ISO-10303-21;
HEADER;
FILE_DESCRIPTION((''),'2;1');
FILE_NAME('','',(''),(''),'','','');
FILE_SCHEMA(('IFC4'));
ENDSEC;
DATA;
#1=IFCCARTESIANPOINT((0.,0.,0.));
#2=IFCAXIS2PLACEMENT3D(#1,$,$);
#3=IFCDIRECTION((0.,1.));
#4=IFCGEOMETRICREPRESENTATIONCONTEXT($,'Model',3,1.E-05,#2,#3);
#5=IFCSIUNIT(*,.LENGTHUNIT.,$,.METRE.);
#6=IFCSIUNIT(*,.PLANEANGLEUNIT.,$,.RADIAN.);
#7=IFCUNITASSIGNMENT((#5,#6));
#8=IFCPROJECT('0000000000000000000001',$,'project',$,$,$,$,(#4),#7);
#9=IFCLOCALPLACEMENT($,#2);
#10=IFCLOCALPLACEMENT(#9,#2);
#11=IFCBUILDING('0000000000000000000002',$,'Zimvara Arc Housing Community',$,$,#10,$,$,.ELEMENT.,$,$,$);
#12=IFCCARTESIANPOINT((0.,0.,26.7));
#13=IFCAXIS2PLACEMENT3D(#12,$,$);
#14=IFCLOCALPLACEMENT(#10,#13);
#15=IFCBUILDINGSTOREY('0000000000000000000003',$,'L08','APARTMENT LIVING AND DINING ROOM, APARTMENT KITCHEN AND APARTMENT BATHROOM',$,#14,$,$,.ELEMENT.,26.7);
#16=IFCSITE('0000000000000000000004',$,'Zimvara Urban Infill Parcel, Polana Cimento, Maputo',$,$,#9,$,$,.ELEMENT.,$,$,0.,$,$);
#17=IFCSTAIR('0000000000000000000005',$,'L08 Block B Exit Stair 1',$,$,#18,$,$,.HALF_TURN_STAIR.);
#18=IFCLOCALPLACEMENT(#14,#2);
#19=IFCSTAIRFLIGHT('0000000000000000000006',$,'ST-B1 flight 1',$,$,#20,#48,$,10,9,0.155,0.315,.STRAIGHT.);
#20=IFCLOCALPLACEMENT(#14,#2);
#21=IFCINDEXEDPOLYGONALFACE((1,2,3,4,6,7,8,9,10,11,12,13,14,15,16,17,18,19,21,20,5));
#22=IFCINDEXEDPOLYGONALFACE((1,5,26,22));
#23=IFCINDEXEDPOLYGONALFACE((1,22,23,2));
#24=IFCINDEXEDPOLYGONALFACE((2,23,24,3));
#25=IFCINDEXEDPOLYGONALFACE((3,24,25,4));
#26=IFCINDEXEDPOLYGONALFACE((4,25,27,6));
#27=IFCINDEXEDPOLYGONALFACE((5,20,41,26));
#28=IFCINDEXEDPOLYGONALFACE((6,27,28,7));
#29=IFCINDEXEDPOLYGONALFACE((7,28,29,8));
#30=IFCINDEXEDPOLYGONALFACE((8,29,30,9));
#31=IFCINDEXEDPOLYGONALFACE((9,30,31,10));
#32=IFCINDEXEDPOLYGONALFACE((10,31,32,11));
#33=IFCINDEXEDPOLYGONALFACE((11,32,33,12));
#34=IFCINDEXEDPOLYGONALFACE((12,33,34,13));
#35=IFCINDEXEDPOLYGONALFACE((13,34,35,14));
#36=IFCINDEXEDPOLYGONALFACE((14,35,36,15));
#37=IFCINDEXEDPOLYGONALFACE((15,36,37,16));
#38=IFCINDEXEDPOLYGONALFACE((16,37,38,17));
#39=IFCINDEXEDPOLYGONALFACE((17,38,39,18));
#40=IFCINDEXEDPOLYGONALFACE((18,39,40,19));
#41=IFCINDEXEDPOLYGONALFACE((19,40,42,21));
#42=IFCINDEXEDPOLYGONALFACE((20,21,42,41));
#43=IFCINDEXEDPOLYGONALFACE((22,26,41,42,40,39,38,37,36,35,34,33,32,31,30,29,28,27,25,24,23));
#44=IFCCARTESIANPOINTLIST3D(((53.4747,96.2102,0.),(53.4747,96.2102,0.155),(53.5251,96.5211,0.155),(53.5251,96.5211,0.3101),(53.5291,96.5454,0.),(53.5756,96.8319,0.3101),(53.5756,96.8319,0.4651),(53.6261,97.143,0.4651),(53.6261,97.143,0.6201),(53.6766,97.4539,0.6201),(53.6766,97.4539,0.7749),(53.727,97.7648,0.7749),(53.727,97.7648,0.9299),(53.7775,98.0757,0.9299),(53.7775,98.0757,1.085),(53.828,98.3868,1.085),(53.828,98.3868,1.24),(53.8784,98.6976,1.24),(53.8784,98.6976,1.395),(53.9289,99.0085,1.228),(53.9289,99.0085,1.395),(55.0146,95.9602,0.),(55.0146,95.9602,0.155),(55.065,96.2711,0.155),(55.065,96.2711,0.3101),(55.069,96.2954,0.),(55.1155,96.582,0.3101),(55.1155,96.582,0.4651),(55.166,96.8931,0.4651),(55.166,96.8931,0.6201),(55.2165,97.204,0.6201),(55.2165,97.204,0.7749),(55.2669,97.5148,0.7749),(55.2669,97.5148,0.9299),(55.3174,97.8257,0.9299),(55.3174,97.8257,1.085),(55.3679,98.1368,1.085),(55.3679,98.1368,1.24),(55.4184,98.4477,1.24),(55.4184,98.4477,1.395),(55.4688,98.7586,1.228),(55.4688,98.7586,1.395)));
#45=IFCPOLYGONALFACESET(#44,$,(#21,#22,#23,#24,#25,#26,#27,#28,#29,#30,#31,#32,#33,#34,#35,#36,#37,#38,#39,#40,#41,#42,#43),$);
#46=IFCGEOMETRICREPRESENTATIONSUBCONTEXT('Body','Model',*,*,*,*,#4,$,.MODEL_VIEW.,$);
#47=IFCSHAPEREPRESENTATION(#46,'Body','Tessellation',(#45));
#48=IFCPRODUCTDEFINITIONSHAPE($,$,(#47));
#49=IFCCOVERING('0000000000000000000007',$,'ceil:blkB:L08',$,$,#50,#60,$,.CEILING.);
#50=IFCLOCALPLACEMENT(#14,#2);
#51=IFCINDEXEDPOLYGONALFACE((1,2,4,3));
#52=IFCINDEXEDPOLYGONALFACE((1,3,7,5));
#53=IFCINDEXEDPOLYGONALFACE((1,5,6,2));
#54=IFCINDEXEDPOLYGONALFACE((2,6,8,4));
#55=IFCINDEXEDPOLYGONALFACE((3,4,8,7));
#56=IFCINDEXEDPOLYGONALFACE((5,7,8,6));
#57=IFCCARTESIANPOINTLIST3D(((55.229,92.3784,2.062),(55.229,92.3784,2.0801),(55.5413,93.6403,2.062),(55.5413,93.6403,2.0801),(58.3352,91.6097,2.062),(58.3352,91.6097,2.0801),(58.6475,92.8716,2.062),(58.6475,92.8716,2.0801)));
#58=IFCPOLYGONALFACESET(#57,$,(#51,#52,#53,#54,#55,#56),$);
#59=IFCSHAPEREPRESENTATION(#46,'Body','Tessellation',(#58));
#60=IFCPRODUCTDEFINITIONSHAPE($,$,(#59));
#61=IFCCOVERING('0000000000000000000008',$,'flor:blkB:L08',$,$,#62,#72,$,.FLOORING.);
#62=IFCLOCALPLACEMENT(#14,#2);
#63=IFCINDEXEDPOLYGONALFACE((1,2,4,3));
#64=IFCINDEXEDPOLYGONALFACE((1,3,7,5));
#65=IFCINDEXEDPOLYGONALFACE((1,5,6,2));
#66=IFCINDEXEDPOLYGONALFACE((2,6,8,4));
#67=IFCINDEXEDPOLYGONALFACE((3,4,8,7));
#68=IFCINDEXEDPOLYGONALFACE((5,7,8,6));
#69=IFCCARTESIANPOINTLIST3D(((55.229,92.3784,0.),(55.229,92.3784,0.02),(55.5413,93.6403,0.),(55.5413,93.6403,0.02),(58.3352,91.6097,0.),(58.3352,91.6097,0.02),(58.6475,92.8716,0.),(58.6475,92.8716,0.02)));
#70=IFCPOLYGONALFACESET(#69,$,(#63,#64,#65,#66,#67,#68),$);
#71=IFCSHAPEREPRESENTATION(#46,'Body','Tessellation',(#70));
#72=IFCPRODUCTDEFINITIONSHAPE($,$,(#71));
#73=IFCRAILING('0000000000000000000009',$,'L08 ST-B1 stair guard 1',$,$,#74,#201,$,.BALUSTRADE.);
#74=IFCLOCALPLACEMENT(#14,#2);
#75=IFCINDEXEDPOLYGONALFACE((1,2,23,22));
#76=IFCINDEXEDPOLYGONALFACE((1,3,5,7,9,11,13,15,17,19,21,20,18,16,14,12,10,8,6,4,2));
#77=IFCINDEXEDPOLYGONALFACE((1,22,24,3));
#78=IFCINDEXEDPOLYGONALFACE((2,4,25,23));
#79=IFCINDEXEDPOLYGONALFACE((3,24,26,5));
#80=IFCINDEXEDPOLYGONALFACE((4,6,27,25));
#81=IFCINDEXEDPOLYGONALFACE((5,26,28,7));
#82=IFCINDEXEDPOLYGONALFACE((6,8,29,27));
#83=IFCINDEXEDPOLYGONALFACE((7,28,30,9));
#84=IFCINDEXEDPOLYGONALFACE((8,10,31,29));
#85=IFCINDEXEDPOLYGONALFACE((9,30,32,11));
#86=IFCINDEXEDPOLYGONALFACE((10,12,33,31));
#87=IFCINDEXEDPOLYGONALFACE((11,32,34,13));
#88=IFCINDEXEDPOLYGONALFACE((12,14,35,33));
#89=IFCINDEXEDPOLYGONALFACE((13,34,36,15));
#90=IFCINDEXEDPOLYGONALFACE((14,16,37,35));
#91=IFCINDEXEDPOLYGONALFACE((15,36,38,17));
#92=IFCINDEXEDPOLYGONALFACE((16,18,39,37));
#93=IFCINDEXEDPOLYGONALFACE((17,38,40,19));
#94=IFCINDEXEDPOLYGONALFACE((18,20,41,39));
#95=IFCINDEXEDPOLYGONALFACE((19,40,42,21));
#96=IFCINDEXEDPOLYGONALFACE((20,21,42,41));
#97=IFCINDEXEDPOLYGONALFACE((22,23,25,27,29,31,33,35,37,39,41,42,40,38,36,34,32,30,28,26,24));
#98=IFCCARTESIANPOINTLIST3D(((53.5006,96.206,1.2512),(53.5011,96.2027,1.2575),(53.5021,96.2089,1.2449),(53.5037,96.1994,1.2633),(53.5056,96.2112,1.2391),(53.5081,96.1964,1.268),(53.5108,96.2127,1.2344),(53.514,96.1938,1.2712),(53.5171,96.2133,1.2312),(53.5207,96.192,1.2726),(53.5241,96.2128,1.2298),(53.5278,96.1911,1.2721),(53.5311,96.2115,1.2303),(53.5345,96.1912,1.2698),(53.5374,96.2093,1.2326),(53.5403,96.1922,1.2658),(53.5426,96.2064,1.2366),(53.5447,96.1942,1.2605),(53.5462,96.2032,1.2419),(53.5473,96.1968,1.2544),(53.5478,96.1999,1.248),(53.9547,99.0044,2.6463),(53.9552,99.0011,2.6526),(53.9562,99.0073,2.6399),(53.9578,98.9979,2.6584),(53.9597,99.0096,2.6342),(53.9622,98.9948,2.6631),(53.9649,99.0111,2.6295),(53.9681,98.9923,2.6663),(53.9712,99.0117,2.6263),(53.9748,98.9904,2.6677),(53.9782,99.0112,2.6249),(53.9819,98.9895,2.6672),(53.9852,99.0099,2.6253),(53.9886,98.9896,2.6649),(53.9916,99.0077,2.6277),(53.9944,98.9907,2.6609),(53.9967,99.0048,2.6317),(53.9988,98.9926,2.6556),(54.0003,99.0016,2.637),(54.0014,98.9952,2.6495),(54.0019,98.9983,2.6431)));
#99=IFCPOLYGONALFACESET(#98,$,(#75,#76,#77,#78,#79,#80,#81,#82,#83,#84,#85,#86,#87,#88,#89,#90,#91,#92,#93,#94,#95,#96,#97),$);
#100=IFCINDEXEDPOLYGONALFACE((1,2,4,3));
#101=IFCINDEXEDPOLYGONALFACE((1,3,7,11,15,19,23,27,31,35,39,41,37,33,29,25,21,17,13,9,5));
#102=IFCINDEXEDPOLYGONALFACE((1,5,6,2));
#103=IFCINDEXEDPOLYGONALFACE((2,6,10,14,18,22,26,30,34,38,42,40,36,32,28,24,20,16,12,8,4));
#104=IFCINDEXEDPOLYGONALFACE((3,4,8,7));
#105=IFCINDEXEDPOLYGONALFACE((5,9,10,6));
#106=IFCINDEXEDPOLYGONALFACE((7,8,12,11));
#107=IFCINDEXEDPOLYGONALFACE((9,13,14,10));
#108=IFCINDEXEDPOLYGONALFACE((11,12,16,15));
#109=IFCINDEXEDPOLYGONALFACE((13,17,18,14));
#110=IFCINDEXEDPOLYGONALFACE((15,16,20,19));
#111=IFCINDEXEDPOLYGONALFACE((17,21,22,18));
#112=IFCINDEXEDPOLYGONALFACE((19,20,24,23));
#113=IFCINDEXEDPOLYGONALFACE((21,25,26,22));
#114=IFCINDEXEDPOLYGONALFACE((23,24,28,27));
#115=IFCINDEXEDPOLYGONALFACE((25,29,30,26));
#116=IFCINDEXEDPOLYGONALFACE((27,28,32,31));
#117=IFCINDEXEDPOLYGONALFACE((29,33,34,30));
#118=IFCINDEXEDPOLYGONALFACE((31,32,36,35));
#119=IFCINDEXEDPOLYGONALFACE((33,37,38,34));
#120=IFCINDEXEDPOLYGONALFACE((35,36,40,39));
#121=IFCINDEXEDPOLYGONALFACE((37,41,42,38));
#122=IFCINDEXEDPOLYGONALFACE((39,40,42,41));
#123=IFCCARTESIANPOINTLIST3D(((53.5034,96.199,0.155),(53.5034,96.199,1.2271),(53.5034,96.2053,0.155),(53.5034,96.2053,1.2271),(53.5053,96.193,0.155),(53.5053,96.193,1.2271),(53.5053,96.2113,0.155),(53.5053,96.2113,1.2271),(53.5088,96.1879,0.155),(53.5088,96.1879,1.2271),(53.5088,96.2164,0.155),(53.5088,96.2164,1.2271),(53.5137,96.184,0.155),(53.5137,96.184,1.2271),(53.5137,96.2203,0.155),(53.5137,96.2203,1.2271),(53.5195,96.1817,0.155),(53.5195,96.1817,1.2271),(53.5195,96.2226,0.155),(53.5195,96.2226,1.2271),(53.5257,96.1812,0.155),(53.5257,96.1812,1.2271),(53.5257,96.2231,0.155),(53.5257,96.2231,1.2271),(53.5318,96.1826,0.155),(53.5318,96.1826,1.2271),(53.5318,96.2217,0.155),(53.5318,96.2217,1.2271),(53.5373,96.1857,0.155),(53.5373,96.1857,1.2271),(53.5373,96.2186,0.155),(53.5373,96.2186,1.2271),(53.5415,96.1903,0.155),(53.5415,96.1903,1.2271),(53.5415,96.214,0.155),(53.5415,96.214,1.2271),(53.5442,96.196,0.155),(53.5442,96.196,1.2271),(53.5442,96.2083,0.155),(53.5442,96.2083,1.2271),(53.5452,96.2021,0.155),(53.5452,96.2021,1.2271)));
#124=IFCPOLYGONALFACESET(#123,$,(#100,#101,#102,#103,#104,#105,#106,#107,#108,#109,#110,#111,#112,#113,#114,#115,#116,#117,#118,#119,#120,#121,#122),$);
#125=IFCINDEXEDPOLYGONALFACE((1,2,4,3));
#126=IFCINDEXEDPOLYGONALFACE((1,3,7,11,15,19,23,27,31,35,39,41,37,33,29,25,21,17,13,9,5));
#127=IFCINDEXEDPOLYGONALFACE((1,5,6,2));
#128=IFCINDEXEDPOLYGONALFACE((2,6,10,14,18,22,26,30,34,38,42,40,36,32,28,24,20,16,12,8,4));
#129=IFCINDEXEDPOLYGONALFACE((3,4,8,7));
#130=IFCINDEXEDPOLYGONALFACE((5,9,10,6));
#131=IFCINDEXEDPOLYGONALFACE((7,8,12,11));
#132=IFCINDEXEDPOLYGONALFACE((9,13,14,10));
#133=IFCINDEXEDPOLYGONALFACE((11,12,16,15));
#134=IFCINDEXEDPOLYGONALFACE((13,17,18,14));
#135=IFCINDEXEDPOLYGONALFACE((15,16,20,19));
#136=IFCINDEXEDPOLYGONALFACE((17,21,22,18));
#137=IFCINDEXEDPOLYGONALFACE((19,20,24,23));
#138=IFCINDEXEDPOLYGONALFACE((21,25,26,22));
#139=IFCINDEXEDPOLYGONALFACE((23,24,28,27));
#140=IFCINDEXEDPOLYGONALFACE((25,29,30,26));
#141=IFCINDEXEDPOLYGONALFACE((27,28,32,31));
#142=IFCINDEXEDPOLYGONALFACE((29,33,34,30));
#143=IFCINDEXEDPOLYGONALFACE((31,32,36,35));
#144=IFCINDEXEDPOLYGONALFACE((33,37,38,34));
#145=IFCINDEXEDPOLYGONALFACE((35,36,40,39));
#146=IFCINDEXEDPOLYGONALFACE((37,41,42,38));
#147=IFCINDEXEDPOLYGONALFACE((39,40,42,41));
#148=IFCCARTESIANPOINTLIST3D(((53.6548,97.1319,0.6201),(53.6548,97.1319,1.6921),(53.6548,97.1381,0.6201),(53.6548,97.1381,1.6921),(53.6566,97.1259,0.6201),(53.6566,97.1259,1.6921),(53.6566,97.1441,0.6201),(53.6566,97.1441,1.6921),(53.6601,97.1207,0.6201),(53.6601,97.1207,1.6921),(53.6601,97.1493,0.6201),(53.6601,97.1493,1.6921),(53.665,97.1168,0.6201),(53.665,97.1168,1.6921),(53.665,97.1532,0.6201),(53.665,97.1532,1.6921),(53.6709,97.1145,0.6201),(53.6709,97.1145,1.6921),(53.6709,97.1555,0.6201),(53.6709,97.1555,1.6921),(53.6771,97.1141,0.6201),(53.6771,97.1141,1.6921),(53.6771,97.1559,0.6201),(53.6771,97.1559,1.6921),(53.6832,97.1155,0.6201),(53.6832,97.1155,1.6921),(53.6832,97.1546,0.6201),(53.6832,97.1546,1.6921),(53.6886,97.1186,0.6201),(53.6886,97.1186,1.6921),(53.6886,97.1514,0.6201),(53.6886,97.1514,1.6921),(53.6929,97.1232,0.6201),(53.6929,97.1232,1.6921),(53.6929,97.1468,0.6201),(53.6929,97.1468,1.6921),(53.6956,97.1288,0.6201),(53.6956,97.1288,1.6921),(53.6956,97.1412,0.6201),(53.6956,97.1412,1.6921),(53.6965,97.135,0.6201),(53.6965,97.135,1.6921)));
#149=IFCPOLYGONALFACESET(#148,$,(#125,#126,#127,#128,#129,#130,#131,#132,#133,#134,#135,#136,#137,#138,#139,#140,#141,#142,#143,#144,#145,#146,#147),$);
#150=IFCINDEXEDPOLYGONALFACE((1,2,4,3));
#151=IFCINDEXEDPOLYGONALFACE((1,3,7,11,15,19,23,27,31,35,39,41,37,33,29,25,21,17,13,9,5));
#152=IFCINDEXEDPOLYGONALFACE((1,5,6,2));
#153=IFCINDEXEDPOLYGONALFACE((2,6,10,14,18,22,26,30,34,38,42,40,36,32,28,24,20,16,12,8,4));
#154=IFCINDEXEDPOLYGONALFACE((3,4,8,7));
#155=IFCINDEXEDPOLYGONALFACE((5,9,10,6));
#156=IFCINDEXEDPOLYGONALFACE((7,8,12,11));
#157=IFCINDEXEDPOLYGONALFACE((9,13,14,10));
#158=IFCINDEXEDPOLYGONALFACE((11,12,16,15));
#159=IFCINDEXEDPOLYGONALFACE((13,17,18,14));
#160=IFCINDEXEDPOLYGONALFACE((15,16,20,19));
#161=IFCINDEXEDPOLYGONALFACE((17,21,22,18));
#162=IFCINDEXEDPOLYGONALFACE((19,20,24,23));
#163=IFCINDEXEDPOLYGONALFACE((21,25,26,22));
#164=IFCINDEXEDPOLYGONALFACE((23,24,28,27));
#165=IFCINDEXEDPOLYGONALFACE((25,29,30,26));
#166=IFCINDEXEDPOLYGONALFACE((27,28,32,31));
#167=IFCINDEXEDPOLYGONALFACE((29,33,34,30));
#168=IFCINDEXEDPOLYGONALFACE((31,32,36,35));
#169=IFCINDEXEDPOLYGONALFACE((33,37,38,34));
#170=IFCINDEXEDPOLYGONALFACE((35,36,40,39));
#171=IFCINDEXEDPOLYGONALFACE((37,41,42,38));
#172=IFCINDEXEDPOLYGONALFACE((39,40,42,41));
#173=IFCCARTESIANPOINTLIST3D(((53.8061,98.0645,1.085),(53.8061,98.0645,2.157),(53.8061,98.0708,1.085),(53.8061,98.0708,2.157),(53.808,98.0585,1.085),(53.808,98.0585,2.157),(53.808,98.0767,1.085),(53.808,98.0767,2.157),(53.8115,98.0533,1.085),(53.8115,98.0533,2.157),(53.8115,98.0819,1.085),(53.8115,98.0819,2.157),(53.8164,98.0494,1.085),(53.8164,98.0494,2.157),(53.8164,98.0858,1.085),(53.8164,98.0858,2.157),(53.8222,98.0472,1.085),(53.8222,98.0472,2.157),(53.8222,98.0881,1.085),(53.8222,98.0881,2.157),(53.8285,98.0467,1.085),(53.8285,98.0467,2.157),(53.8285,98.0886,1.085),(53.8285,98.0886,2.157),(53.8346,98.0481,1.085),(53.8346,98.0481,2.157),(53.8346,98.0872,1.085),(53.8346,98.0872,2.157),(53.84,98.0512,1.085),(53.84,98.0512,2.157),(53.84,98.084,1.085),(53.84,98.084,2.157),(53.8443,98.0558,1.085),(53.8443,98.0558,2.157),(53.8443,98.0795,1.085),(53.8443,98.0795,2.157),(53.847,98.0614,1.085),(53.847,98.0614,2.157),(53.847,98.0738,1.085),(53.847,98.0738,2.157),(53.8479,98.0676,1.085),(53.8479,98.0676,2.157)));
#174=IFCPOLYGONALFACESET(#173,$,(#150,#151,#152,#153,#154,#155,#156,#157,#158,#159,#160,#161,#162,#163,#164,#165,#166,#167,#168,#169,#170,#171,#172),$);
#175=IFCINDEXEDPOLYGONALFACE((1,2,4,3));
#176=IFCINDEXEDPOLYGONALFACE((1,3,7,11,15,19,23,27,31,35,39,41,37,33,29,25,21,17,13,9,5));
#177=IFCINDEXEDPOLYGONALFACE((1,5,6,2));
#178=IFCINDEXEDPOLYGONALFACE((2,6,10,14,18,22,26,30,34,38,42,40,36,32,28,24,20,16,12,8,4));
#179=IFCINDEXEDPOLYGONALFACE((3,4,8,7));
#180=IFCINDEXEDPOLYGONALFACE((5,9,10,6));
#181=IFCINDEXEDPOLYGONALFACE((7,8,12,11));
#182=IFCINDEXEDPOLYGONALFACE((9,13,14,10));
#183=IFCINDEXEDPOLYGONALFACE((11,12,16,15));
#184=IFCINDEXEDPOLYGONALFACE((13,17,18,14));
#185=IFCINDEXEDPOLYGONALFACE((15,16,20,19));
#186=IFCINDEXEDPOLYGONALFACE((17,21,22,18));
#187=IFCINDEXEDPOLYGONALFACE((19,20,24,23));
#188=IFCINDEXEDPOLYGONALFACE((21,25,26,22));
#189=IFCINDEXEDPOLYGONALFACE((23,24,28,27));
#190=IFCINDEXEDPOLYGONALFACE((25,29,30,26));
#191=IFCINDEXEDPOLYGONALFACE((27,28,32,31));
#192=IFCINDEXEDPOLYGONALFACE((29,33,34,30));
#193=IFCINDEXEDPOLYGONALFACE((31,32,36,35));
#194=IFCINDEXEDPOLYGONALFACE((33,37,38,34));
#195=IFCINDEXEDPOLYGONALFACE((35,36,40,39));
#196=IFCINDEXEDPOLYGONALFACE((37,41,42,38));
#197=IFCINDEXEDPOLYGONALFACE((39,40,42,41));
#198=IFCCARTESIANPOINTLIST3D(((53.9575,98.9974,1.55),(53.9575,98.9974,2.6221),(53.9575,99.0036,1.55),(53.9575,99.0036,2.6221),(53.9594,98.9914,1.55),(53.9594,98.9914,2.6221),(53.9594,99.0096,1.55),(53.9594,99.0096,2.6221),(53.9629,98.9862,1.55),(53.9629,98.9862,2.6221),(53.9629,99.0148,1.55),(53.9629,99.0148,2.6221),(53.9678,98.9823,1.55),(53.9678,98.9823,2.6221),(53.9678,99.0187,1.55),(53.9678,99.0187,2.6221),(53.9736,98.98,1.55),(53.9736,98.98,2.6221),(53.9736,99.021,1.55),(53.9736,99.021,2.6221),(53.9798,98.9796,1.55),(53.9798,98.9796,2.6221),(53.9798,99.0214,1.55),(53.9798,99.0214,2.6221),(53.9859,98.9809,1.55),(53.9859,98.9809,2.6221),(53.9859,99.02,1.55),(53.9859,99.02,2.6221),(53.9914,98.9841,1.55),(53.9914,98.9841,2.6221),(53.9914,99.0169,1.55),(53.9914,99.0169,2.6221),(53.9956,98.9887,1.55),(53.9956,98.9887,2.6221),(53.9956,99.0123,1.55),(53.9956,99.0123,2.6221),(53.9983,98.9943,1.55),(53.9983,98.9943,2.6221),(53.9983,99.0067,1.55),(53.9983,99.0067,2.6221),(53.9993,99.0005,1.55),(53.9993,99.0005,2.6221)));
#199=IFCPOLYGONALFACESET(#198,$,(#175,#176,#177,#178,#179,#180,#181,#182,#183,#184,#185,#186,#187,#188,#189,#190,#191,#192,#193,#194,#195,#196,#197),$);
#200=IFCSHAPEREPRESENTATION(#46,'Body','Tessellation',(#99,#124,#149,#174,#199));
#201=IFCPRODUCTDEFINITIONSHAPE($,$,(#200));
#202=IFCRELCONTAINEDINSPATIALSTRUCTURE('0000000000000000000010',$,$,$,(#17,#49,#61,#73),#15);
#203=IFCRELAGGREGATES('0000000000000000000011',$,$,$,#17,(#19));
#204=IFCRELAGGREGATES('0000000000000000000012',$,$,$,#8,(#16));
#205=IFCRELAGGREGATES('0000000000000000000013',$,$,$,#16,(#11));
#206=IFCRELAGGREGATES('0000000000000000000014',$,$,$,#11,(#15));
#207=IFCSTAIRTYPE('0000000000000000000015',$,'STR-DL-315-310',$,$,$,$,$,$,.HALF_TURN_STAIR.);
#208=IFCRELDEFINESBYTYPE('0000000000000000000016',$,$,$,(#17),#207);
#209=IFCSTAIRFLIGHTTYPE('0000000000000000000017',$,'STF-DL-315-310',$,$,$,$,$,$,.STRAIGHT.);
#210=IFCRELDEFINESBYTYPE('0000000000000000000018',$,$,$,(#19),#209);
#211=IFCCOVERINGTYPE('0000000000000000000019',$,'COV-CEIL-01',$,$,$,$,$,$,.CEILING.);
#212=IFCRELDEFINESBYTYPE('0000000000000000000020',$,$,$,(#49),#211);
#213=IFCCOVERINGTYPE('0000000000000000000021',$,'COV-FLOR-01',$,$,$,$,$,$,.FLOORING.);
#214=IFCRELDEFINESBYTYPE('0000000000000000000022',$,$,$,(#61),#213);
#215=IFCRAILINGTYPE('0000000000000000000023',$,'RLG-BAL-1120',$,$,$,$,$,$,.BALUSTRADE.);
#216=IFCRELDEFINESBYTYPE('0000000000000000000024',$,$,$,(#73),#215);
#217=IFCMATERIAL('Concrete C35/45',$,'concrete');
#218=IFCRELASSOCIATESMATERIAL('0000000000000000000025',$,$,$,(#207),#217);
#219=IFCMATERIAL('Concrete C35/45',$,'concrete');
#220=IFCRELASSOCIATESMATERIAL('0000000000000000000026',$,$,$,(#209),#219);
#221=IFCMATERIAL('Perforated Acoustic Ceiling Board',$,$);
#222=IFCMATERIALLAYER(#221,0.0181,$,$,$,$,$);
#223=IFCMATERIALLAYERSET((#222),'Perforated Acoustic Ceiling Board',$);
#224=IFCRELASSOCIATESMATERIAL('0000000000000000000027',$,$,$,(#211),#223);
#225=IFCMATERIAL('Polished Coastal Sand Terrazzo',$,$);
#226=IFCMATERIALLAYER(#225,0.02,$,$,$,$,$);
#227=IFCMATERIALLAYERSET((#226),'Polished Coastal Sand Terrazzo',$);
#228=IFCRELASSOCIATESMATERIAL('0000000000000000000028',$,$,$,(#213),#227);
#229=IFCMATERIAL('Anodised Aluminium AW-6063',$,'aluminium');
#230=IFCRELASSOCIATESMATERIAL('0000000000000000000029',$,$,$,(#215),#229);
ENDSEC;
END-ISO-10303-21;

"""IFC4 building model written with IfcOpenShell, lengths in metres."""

from ifc_helpers import new_model, si_unit, direction, frame, origin, origin_2d, place, context, subcontext, project, spatial, polyline, rectangle, circle, outline, extrude, material, layer, layer_set, type_object, element, aggregate, save


model = new_model("IFC4")

# Units and contexts
model_context = context("Model", 3, precision=1e-05, world=origin(), true_north=direction((0.0, 1.0)))
body_context = subcontext(model_context, "Body", "Model", "MODEL_VIEW")
ifc_project = project(units=[si_unit("LENGTHUNIT", "METRE"), si_unit("PLANEANGLEUNIT", "RADIAN")], contexts=[model_context])

# Site, building, storey
site_placement = place(None, origin())
site = spatial("IfcSite", under=ifc_project, at=site_placement, Name="Zimvara Urban Infill Parcel, Polana Cimento, Maputo", CompositionType="ELEMENT", RefElevation=0.0)
building_placement = place(site_placement, origin())
building = spatial("IfcBuilding", under=site, at=building_placement, Name="Zimvara Arc Housing Community", CompositionType="ELEMENT")
storey_placement = place(building_placement, frame((0.0, 0.0, 26.7)))
storey = spatial("IfcBuildingStorey", under=building, at=storey_placement, Name="L08", Description="APARTMENT LIVING AND DINING ROOM, APARTMENT KITCHEN AND APARTMENT BATHROOM", CompositionType="ELEMENT", Elevation=26.7)

# Stair, stair flight
ifc_material_1 = material(Name="Concrete C35/45", Category="concrete")
stair_type = type_object("IfcStairType", Name="STR-DL-315-310", PredefinedType="HALF_TURN_STAIR", material=ifc_material_1)
stair_placement = place(storey_placement, origin())
stair = element("IfcStair", 1, at=stair_placement, inside=storey, type_object=stair_type, Name="L08 Block B Exit Stair 1", PredefinedType="HALF_TURN_STAIR")
ifc_material_2 = material(Name="Concrete C35/45", Category="concrete")
stair_flight_type = type_object("IfcStairFlightType", Name="STF-DL-315-310", PredefinedType="STRAIGHT", material=ifc_material_2)
stair_flight_placement = place(storey_placement, frame((54.2446, 96.0852, 0.0), z_axis=(0.0, 0.0, 1.0), x_axis=(0.160226, 0.98708, 0.0)))
stair_flight = element("IfcStairFlight", 2, at=stair_flight_placement, type_object=stair_flight_type, Name="ST-B1 flight 1", NumberOfRisers=10, NumberOfTreads=9, PredefinedType="STRAIGHT", RiserHeight=0.155, TreadLength=0.315, context=body_context, shape_type="SweptSolid", body=[
    extrude(outline(polyline([(0.0, 0.0), (0.0, 0.155), (0.3149, 0.155), (0.3149, 0.3101), (0.6299, 0.3101), (0.6299, 0.4651), (0.9451, 0.4651), (0.9451, 0.6201), (1.26, 0.6201), (1.26, 0.7749), (1.575, 0.7749), (1.575, 0.9299), (1.8899, 0.9299), (1.8899, 1.085), (2.2051, 1.085), (2.2051, 1.24), (2.52, 1.24), (2.52, 1.395), (2.835, 1.395), (2.835, 1.55), (2.835, 1.228), (0.3396, 0.0), (0.0, 0.0)])), frame((0.0, 0.78, 0.0), z_axis=(0.0, -1.0, 0.0), x_axis=(1.0, 0.0, 0.0)), (0.0, 0.0, 1.0), 1.5601),
])
aggregate(stair, [stair_flight])

# Coverings
ifc_material_3 = material(Name="Perforated Acoustic Ceiling Board")
ifc_layer_1 = layer(ifc_material_3, 0.0181)
ifc_layer_set_1 = layer_set([ifc_layer_1], Name="Perforated Acoustic Ceiling Board")
covering_type_1 = type_object("IfcCoveringType", Name="COV-CEIL-01", PredefinedType="CEILING", material=ifc_layer_set_1)
covering_1_placement = place(storey_placement, frame((56.9382, 92.625, 2.062), z_axis=(0.0, 0.0, 1.0), x_axis=(0.240228, 0.970716, 0.0)))
element("IfcCovering", 3, at=covering_1_placement, inside=storey, type_object=covering_type_1, Name="ceil:blkB:L08", PredefinedType="CEILING", context=body_context, shape_type="SweptSolid", body=[
    extrude(rectangle(XDim=1.3, YDim=3.2, at=origin_2d()), origin(), (0.0, 0.0, 1.0), 0.0181),
])
ifc_material_4 = material(Name="Polished Coastal Sand Terrazzo")
ifc_layer_2 = layer(ifc_material_4, 0.02)
ifc_layer_set_2 = layer_set([ifc_layer_2], Name="Polished Coastal Sand Terrazzo")
covering_type_2 = type_object("IfcCoveringType", Name="COV-FLOR-01", PredefinedType="FLOORING", material=ifc_layer_set_2)
covering_2_placement = place(storey_placement, frame((56.9382, 92.625, 0.0), z_axis=(0.0, 0.0, 1.0), x_axis=(0.240228, 0.970716, 0.0)))
element("IfcCovering", 4, at=covering_2_placement, inside=storey, type_object=covering_type_2, Name="flor:blkB:L08", PredefinedType="FLOORING", context=body_context, shape_type="SweptSolid", body=[
    extrude(rectangle(XDim=1.3, YDim=3.2, at=origin_2d()), origin(), (0.0, 0.0, 1.0), 0.02),
])

# Railing
ifc_material_5 = material(Name="Anodised Aluminium AW-6063", Category="aluminium")
railing_type_1 = type_object("IfcRailingType", Name="RLG-BAL-1120", PredefinedType="BALUSTRADE", material=ifc_material_5)
railing_1_placement = place(storey_placement, frame((53.5242, 96.2021, 0.155)))
element("IfcRailing", 5, at=railing_1_placement, inside=storey, type_object=railing_type_1, Name="L08 ST-B1 stair guard 1", PredefinedType="BALUSTRADE", context=body_context, shape_type="SweptSolid", body=[
    extrude(circle(Radius=0.0239, at=origin_2d()), frame((0.0, 0.0, 1.0962), z_axis=(0.143722, 0.885666, 0.44152), x_axis=(-0.987088, 0.16018, 0.0)), (0.0, 0.0, 1.0), 3.1597),
    extrude(circle(Radius=0.021, at=origin_2d()), origin(), (0.0, 0.0, 1.0), 1.072),
    extrude(circle(Radius=0.021, at=origin_2d()), frame((0.1514, 0.9329, 0.4651)), (0.0, 0.0, 1.0), 1.072),
    extrude(circle(Radius=0.021, at=origin_2d()), frame((0.3027, 1.8655, 0.9299)), (0.0, 0.0, 1.0), 1.072),
    extrude(circle(Radius=0.021, at=origin_2d()), frame((0.4541, 2.7983, 1.395)), (0.0, 0.0, 1.0), 1.072),
])

save(model, "model.ifc")
